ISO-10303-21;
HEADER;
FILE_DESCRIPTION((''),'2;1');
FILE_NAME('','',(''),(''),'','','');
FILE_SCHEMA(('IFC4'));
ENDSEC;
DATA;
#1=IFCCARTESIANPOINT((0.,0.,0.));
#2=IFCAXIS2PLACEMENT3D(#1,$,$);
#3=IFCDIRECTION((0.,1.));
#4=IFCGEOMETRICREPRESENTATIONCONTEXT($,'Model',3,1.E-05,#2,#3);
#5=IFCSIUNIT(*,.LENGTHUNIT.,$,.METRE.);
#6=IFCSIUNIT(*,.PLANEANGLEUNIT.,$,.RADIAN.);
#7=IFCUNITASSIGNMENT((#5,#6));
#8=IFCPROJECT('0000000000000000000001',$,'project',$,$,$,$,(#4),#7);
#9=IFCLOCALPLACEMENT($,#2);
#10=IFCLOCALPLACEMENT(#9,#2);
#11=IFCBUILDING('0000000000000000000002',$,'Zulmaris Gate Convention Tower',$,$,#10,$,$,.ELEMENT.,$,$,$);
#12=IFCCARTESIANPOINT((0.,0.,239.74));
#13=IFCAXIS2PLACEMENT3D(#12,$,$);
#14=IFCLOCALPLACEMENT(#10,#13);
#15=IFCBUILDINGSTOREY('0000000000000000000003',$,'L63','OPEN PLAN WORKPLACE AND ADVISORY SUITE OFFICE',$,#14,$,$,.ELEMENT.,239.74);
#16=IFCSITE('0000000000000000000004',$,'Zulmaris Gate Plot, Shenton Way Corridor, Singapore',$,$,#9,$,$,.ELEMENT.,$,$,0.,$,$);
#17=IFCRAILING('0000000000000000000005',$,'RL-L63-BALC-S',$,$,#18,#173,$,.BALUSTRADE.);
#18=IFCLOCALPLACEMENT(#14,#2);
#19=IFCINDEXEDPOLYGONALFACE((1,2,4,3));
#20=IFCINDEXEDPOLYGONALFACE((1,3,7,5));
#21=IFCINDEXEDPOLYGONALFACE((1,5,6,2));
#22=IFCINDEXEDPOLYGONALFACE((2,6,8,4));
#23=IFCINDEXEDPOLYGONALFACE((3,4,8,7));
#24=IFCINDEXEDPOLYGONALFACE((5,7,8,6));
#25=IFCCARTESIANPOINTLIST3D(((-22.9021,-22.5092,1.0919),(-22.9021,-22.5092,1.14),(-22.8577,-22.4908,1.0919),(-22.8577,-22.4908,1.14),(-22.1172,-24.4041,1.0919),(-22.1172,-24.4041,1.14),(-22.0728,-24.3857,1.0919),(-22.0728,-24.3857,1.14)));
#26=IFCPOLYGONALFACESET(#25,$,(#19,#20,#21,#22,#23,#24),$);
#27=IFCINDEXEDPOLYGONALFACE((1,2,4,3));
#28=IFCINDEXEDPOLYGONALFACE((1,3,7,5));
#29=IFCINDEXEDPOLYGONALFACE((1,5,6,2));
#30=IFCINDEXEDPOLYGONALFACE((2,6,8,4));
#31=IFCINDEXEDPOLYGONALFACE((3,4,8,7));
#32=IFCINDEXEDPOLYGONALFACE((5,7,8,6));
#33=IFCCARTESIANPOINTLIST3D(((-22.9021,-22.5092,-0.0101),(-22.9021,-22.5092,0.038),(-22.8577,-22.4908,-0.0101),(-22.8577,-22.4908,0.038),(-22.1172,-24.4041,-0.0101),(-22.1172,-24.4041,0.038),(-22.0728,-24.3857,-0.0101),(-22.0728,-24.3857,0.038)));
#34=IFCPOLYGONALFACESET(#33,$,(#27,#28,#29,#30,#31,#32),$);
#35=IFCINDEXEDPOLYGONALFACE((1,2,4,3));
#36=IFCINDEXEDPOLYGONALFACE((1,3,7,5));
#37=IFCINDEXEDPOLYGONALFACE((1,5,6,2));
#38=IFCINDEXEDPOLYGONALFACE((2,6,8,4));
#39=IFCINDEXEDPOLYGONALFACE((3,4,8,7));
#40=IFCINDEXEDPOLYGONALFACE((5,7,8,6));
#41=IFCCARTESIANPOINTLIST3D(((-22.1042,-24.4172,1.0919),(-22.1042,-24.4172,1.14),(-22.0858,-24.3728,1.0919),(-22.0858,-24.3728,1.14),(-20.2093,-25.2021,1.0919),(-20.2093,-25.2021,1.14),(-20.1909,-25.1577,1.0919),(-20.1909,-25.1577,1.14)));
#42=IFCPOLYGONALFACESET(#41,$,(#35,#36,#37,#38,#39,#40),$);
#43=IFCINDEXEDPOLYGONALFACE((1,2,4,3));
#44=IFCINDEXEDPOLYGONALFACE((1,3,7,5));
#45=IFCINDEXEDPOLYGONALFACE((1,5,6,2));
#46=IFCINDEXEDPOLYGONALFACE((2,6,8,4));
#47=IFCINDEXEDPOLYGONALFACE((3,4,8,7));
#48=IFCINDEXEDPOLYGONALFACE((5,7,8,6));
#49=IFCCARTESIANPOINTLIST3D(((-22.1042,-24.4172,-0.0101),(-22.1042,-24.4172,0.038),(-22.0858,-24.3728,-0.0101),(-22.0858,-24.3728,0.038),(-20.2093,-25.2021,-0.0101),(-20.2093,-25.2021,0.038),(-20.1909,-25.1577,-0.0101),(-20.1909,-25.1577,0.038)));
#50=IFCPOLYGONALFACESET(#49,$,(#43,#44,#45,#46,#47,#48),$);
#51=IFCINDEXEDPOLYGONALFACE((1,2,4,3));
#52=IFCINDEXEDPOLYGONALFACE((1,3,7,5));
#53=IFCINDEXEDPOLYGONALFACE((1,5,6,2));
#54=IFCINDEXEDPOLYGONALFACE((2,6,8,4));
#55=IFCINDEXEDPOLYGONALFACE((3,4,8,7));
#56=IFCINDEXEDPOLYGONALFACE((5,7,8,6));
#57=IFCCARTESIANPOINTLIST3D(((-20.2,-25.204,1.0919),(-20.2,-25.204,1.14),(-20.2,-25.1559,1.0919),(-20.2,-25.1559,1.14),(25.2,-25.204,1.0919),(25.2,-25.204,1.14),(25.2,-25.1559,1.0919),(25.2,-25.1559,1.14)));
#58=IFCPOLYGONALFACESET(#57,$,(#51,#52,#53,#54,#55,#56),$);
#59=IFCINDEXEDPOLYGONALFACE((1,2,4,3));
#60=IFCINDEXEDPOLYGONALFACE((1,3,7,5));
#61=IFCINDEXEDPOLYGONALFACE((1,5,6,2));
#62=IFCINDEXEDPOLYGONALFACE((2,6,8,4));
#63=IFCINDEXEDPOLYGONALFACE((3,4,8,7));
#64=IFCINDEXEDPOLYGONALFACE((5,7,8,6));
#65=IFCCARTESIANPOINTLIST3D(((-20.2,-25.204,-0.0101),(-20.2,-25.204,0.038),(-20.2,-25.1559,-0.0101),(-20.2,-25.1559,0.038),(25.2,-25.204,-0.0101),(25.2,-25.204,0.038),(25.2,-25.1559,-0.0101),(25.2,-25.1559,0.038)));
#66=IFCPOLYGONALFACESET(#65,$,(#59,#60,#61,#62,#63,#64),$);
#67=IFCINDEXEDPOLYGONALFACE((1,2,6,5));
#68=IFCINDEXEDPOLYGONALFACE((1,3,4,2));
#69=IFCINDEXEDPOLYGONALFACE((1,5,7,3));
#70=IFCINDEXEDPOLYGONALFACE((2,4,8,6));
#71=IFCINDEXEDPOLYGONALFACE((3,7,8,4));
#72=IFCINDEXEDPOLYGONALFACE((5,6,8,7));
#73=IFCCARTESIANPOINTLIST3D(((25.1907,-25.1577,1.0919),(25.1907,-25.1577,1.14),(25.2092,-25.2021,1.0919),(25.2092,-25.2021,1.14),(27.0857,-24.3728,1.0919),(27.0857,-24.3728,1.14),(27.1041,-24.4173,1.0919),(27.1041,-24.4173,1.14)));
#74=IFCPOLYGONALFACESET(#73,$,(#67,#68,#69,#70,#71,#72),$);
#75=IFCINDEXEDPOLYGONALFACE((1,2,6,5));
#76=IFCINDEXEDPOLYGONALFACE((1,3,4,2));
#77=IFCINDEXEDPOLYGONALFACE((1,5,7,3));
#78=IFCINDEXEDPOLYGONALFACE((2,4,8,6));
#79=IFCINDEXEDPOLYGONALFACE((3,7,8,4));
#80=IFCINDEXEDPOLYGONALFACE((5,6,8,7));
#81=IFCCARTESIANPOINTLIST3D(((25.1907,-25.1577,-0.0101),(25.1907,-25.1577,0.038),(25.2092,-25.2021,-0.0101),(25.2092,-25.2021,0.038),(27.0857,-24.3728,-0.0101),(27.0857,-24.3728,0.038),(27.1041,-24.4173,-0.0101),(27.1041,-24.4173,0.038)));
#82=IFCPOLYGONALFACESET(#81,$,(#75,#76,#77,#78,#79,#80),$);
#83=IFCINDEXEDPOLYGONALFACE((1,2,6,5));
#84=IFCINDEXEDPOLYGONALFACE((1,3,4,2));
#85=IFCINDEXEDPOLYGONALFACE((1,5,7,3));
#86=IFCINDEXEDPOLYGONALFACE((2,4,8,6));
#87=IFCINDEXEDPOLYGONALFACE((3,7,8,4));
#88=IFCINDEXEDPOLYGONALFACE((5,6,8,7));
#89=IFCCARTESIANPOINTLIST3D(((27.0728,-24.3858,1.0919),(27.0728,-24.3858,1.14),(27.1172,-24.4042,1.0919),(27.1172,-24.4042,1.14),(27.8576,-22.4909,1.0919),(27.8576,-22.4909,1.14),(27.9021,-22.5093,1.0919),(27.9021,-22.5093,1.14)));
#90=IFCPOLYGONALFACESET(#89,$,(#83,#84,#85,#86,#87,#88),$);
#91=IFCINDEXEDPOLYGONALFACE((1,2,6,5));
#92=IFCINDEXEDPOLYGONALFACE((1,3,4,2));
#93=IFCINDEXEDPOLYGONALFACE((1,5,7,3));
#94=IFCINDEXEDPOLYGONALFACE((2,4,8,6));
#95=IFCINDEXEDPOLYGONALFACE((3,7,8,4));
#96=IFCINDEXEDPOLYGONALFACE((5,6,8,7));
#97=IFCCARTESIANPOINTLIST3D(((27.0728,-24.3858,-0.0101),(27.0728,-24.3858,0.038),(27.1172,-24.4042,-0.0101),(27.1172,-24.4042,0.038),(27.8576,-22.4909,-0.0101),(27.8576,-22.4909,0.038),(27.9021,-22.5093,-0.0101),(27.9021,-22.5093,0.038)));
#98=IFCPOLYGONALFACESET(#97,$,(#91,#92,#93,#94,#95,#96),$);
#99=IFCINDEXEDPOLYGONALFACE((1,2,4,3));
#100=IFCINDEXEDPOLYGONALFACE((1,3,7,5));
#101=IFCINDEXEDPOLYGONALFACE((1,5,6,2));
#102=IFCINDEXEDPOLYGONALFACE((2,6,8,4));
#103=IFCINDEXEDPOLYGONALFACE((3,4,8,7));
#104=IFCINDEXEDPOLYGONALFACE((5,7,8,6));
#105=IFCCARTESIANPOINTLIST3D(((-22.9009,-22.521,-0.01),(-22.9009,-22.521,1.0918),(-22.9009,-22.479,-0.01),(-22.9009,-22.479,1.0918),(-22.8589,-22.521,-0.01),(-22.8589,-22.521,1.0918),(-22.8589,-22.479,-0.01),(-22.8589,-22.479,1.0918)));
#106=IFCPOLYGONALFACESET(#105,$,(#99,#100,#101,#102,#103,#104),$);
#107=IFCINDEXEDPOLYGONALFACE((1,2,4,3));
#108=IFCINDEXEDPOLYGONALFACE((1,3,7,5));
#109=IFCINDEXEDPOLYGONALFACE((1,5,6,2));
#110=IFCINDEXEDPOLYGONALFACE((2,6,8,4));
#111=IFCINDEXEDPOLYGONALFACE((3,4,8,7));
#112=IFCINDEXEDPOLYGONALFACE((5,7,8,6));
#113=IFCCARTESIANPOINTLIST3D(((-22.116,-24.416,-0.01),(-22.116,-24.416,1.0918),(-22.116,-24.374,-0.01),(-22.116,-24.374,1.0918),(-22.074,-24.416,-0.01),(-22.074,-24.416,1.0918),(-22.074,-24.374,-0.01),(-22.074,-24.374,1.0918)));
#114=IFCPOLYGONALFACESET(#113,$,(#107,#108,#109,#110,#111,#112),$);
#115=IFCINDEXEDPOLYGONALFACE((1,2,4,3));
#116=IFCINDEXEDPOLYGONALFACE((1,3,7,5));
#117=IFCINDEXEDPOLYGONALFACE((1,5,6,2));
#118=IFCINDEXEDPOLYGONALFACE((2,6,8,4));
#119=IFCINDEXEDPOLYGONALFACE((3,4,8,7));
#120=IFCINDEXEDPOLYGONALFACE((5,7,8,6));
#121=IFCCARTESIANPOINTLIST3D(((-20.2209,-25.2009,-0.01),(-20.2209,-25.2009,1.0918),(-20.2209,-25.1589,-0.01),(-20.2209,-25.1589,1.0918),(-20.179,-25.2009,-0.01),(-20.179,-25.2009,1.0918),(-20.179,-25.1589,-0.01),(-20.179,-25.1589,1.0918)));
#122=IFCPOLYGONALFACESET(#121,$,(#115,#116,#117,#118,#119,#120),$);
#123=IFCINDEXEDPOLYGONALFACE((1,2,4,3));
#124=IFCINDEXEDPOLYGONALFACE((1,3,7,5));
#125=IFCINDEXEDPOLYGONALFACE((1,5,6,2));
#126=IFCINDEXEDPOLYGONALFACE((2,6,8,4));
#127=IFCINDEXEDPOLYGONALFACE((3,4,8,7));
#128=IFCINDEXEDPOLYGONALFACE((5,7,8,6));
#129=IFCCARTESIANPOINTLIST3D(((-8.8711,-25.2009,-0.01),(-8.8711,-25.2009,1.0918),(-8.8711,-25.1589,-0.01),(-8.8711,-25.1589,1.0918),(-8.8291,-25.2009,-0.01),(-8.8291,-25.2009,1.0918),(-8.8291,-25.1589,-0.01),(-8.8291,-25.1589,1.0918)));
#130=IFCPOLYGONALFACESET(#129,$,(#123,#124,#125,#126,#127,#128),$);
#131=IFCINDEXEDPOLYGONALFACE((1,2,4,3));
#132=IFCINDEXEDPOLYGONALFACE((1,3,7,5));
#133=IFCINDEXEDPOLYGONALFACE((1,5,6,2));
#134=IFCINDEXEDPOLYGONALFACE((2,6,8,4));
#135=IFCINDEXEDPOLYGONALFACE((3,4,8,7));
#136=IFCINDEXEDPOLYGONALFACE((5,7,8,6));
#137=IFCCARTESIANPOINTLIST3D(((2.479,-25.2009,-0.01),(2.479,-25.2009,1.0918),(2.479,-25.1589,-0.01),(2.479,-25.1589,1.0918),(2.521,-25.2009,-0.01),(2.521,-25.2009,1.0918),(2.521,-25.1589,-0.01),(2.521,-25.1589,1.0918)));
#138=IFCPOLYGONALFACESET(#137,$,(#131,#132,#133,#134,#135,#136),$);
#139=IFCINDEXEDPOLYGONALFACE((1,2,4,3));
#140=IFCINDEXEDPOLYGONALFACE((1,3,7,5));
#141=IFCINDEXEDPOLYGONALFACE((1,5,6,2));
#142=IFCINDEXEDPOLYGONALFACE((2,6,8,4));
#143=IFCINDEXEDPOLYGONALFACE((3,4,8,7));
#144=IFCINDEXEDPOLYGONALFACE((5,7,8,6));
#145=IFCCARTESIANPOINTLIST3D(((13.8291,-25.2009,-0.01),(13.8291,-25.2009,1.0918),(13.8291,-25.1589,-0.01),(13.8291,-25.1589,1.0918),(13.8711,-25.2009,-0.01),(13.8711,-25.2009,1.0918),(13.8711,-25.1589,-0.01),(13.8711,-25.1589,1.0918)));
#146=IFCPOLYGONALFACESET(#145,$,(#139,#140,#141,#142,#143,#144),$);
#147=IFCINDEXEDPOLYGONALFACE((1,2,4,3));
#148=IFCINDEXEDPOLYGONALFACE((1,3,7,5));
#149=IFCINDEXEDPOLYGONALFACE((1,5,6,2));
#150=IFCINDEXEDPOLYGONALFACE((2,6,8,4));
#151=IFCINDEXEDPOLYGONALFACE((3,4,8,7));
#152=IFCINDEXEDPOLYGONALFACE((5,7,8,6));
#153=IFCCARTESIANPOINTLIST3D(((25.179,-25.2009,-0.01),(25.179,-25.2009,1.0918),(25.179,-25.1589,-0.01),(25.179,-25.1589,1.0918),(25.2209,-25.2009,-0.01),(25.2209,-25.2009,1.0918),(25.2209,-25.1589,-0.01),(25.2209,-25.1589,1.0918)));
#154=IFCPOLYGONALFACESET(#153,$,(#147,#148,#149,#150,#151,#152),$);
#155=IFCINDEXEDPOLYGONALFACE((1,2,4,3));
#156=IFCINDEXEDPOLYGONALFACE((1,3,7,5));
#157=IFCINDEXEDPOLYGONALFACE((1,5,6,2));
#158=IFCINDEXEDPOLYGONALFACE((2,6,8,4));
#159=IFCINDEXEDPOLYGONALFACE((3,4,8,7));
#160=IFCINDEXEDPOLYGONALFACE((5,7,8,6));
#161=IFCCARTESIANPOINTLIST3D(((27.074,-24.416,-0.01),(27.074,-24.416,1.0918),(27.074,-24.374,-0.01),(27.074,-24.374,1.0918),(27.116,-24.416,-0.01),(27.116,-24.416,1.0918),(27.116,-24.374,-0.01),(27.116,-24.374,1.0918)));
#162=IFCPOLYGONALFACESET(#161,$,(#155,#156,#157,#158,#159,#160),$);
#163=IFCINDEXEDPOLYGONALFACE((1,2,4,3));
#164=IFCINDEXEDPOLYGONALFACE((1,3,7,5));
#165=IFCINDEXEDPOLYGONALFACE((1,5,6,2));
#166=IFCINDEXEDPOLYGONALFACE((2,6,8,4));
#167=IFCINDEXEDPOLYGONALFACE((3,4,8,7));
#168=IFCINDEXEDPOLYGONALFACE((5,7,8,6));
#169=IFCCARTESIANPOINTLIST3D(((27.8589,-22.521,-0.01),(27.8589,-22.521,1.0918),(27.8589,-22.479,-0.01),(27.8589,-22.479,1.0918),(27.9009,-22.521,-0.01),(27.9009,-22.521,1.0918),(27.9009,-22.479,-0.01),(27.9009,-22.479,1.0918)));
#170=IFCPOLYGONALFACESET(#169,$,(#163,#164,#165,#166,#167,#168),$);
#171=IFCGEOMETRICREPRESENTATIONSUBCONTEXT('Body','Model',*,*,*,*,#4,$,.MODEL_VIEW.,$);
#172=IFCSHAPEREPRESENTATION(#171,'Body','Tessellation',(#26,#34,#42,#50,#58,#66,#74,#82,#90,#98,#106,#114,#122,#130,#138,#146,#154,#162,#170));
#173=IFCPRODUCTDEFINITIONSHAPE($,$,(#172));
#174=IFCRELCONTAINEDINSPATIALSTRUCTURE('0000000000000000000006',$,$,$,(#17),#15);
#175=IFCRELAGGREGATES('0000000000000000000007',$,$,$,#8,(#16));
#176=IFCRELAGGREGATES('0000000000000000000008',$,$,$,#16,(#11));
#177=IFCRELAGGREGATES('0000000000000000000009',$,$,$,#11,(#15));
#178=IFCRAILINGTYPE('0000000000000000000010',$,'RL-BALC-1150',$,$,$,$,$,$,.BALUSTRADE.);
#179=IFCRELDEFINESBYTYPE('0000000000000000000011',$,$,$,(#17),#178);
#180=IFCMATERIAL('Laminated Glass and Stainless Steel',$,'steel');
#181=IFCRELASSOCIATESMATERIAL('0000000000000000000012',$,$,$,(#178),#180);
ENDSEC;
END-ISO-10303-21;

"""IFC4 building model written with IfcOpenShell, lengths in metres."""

from ifc_helpers import new_model, si_unit, direction, frame, origin, origin_2d, place, context, subcontext, project, spatial, rectangle, extrude, material, type_object, element, save


model = new_model("IFC4")

# Units and contexts
model_context = context("Model", 3, precision=1e-05, world=origin(), true_north=direction((0.0, 1.0)))
body_context = subcontext(model_context, "Body", "Model", "MODEL_VIEW")
ifc_project = project(units=[si_unit("LENGTHUNIT", "METRE"), si_unit("PLANEANGLEUNIT", "RADIAN")], contexts=[model_context])

# Site, building, storey
site_placement = place(None, origin())
site = spatial("IfcSite", under=ifc_project, at=site_placement, Name="Zulmaris Gate Plot, Shenton Way Corridor, Singapore", CompositionType="ELEMENT", RefElevation=0.0)
building_placement = place(site_placement, origin())
building = spatial("IfcBuilding", under=site, at=building_placement, Name="Zulmaris Gate Convention Tower", CompositionType="ELEMENT")
storey_placement = place(building_placement, frame((0.0, 0.0, 239.74)))
storey = spatial("IfcBuildingStorey", under=building, at=storey_placement, Name="L63", Description="OPEN PLAN WORKPLACE AND ADVISORY SUITE OFFICE", CompositionType="ELEMENT", Elevation=239.74)

# Railing
ifc_material_1 = material(Name="Laminated Glass and Stainless Steel", Category="steel")
railing_type = type_object("IfcRailingType", Name="RL-BALC-1150", PredefinedType="BALUSTRADE", material=ifc_material_1)
railing_placement = place(storey_placement, frame((-22.8799, -22.5, -0.01)))
element("IfcRailing", 1, at=railing_placement, inside=storey, type_object=railing_type, Name="RL-L63-BALC-S", PredefinedType="BALUSTRADE", context=body_context, shape_type="SweptSolid", body=[
    extrude(rectangle(XDim=0.0481, YDim=0.0481, at=origin_2d()), frame((0.0, 0.0, 1.126), z_axis=(0.382671, -0.923885, 0.0), x_axis=(0.923885, 0.382671, 0.0)), (0.0, 0.0, 1.0), 2.051),
    extrude(rectangle(XDim=0.0481, YDim=0.0481, at=origin_2d()), frame((0.0, 0.0, 0.0239), z_axis=(0.382671, -0.923885, 0.0), x_axis=(0.923885, 0.382671, 0.0)), (0.0, 0.0, 1.0), 2.051),
    extrude(rectangle(XDim=0.0481, YDim=0.0481, at=origin_2d()), frame((0.7849, -1.895, 1.126), z_axis=(0.923885, -0.382671, 0.0), x_axis=(0.382671, 0.923885, 0.0)), (0.0, 0.0, 1.0), 2.051),
    extrude(rectangle(XDim=0.0481, YDim=0.0481, at=origin_2d()), frame((0.7849, -1.895, 0.0239), z_axis=(0.923885, -0.382671, 0.0), x_axis=(0.382671, 0.923885, 0.0)), (0.0, 0.0, 1.0), 2.051),
    extrude(rectangle(XDim=0.0481, YDim=0.0481, at=origin_2d()), frame((2.6799, -2.6799, 1.126), z_axis=(1.0, 0.0, 0.0), x_axis=(0.0, 1.0, 0.0)), (0.0, 0.0, 1.0), 45.3999),
    extrude(rectangle(XDim=0.0481, YDim=0.0481, at=origin_2d()), frame((2.6799, -2.6799, 0.0239), z_axis=(1.0, 0.0, 0.0), x_axis=(0.0, 1.0, 0.0)), (0.0, 0.0, 1.0), 45.3999),
    extrude(rectangle(XDim=0.0481, YDim=0.0481, at=origin_2d()), frame((48.0798, -2.6799, 1.126), z_axis=(0.923885, 0.382671, 0.0), x_axis=(-0.382671, 0.923885, 0.0)), (0.0, 0.0, 1.0), 2.051),
    extrude(rectangle(XDim=0.0481, YDim=0.0481, at=origin_2d()), frame((48.0798, -2.6799, 0.0239), z_axis=(0.923885, 0.382671, 0.0), x_axis=(-0.382671, 0.923885, 0.0)), (0.0, 0.0, 1.0), 2.051),
    extrude(rectangle(XDim=0.0481, YDim=0.0481, at=origin_2d()), frame((49.9749, -1.895, 1.126), z_axis=(0.382671, 0.923885, 0.0), x_axis=(-0.923885, 0.382671, 0.0)), (0.0, 0.0, 1.0), 2.051),
    extrude(rectangle(XDim=0.0481, YDim=0.0481, at=origin_2d()), frame((49.9749, -1.895, 0.0239), z_axis=(0.382671, 0.923885, 0.0), x_axis=(-0.923885, 0.382671, 0.0)), (0.0, 0.0, 1.0), 2.051),
    extrude(rectangle(XDim=0.042, YDim=0.042, at=origin_2d()), origin(), (0.0, 0.0, 1.0), 1.1018),
    extrude(rectangle(XDim=0.042, YDim=0.042, at=origin_2d()), frame((0.7849, -1.895, 0.0)), (0.0, 0.0, 1.0), 1.1018),
    extrude(rectangle(XDim=0.042, YDim=0.042, at=origin_2d()), frame((2.6799, -2.6799, 0.0)), (0.0, 0.0, 1.0), 1.1018),
    extrude(rectangle(XDim=0.042, YDim=0.042, at=origin_2d()), frame((14.0298, -2.6799, 0.0)), (0.0, 0.0, 1.0), 1.1018),
    extrude(rectangle(XDim=0.042, YDim=0.042, at=origin_2d()), frame((25.3799, -2.6799, 0.0)), (0.0, 0.0, 1.0), 1.1018),
    extrude(rectangle(XDim=0.042, YDim=0.042, at=origin_2d()), frame((36.73, -2.6799, 0.0)), (0.0, 0.0, 1.0), 1.1018),
    extrude(rectangle(XDim=0.042, YDim=0.042, at=origin_2d()), frame((48.0798, -2.6799, 0.0)), (0.0, 0.0, 1.0), 1.1018),
    extrude(rectangle(XDim=0.042, YDim=0.042, at=origin_2d()), frame((49.9749, -1.895, 0.0)), (0.0, 0.0, 1.0), 1.1018),
    extrude(rectangle(XDim=0.042, YDim=0.042, at=origin_2d()), frame((50.7598, 0.0, 0.0)), (0.0, 0.0, 1.0), 1.1018),
])

save(model, "model.ifc")
